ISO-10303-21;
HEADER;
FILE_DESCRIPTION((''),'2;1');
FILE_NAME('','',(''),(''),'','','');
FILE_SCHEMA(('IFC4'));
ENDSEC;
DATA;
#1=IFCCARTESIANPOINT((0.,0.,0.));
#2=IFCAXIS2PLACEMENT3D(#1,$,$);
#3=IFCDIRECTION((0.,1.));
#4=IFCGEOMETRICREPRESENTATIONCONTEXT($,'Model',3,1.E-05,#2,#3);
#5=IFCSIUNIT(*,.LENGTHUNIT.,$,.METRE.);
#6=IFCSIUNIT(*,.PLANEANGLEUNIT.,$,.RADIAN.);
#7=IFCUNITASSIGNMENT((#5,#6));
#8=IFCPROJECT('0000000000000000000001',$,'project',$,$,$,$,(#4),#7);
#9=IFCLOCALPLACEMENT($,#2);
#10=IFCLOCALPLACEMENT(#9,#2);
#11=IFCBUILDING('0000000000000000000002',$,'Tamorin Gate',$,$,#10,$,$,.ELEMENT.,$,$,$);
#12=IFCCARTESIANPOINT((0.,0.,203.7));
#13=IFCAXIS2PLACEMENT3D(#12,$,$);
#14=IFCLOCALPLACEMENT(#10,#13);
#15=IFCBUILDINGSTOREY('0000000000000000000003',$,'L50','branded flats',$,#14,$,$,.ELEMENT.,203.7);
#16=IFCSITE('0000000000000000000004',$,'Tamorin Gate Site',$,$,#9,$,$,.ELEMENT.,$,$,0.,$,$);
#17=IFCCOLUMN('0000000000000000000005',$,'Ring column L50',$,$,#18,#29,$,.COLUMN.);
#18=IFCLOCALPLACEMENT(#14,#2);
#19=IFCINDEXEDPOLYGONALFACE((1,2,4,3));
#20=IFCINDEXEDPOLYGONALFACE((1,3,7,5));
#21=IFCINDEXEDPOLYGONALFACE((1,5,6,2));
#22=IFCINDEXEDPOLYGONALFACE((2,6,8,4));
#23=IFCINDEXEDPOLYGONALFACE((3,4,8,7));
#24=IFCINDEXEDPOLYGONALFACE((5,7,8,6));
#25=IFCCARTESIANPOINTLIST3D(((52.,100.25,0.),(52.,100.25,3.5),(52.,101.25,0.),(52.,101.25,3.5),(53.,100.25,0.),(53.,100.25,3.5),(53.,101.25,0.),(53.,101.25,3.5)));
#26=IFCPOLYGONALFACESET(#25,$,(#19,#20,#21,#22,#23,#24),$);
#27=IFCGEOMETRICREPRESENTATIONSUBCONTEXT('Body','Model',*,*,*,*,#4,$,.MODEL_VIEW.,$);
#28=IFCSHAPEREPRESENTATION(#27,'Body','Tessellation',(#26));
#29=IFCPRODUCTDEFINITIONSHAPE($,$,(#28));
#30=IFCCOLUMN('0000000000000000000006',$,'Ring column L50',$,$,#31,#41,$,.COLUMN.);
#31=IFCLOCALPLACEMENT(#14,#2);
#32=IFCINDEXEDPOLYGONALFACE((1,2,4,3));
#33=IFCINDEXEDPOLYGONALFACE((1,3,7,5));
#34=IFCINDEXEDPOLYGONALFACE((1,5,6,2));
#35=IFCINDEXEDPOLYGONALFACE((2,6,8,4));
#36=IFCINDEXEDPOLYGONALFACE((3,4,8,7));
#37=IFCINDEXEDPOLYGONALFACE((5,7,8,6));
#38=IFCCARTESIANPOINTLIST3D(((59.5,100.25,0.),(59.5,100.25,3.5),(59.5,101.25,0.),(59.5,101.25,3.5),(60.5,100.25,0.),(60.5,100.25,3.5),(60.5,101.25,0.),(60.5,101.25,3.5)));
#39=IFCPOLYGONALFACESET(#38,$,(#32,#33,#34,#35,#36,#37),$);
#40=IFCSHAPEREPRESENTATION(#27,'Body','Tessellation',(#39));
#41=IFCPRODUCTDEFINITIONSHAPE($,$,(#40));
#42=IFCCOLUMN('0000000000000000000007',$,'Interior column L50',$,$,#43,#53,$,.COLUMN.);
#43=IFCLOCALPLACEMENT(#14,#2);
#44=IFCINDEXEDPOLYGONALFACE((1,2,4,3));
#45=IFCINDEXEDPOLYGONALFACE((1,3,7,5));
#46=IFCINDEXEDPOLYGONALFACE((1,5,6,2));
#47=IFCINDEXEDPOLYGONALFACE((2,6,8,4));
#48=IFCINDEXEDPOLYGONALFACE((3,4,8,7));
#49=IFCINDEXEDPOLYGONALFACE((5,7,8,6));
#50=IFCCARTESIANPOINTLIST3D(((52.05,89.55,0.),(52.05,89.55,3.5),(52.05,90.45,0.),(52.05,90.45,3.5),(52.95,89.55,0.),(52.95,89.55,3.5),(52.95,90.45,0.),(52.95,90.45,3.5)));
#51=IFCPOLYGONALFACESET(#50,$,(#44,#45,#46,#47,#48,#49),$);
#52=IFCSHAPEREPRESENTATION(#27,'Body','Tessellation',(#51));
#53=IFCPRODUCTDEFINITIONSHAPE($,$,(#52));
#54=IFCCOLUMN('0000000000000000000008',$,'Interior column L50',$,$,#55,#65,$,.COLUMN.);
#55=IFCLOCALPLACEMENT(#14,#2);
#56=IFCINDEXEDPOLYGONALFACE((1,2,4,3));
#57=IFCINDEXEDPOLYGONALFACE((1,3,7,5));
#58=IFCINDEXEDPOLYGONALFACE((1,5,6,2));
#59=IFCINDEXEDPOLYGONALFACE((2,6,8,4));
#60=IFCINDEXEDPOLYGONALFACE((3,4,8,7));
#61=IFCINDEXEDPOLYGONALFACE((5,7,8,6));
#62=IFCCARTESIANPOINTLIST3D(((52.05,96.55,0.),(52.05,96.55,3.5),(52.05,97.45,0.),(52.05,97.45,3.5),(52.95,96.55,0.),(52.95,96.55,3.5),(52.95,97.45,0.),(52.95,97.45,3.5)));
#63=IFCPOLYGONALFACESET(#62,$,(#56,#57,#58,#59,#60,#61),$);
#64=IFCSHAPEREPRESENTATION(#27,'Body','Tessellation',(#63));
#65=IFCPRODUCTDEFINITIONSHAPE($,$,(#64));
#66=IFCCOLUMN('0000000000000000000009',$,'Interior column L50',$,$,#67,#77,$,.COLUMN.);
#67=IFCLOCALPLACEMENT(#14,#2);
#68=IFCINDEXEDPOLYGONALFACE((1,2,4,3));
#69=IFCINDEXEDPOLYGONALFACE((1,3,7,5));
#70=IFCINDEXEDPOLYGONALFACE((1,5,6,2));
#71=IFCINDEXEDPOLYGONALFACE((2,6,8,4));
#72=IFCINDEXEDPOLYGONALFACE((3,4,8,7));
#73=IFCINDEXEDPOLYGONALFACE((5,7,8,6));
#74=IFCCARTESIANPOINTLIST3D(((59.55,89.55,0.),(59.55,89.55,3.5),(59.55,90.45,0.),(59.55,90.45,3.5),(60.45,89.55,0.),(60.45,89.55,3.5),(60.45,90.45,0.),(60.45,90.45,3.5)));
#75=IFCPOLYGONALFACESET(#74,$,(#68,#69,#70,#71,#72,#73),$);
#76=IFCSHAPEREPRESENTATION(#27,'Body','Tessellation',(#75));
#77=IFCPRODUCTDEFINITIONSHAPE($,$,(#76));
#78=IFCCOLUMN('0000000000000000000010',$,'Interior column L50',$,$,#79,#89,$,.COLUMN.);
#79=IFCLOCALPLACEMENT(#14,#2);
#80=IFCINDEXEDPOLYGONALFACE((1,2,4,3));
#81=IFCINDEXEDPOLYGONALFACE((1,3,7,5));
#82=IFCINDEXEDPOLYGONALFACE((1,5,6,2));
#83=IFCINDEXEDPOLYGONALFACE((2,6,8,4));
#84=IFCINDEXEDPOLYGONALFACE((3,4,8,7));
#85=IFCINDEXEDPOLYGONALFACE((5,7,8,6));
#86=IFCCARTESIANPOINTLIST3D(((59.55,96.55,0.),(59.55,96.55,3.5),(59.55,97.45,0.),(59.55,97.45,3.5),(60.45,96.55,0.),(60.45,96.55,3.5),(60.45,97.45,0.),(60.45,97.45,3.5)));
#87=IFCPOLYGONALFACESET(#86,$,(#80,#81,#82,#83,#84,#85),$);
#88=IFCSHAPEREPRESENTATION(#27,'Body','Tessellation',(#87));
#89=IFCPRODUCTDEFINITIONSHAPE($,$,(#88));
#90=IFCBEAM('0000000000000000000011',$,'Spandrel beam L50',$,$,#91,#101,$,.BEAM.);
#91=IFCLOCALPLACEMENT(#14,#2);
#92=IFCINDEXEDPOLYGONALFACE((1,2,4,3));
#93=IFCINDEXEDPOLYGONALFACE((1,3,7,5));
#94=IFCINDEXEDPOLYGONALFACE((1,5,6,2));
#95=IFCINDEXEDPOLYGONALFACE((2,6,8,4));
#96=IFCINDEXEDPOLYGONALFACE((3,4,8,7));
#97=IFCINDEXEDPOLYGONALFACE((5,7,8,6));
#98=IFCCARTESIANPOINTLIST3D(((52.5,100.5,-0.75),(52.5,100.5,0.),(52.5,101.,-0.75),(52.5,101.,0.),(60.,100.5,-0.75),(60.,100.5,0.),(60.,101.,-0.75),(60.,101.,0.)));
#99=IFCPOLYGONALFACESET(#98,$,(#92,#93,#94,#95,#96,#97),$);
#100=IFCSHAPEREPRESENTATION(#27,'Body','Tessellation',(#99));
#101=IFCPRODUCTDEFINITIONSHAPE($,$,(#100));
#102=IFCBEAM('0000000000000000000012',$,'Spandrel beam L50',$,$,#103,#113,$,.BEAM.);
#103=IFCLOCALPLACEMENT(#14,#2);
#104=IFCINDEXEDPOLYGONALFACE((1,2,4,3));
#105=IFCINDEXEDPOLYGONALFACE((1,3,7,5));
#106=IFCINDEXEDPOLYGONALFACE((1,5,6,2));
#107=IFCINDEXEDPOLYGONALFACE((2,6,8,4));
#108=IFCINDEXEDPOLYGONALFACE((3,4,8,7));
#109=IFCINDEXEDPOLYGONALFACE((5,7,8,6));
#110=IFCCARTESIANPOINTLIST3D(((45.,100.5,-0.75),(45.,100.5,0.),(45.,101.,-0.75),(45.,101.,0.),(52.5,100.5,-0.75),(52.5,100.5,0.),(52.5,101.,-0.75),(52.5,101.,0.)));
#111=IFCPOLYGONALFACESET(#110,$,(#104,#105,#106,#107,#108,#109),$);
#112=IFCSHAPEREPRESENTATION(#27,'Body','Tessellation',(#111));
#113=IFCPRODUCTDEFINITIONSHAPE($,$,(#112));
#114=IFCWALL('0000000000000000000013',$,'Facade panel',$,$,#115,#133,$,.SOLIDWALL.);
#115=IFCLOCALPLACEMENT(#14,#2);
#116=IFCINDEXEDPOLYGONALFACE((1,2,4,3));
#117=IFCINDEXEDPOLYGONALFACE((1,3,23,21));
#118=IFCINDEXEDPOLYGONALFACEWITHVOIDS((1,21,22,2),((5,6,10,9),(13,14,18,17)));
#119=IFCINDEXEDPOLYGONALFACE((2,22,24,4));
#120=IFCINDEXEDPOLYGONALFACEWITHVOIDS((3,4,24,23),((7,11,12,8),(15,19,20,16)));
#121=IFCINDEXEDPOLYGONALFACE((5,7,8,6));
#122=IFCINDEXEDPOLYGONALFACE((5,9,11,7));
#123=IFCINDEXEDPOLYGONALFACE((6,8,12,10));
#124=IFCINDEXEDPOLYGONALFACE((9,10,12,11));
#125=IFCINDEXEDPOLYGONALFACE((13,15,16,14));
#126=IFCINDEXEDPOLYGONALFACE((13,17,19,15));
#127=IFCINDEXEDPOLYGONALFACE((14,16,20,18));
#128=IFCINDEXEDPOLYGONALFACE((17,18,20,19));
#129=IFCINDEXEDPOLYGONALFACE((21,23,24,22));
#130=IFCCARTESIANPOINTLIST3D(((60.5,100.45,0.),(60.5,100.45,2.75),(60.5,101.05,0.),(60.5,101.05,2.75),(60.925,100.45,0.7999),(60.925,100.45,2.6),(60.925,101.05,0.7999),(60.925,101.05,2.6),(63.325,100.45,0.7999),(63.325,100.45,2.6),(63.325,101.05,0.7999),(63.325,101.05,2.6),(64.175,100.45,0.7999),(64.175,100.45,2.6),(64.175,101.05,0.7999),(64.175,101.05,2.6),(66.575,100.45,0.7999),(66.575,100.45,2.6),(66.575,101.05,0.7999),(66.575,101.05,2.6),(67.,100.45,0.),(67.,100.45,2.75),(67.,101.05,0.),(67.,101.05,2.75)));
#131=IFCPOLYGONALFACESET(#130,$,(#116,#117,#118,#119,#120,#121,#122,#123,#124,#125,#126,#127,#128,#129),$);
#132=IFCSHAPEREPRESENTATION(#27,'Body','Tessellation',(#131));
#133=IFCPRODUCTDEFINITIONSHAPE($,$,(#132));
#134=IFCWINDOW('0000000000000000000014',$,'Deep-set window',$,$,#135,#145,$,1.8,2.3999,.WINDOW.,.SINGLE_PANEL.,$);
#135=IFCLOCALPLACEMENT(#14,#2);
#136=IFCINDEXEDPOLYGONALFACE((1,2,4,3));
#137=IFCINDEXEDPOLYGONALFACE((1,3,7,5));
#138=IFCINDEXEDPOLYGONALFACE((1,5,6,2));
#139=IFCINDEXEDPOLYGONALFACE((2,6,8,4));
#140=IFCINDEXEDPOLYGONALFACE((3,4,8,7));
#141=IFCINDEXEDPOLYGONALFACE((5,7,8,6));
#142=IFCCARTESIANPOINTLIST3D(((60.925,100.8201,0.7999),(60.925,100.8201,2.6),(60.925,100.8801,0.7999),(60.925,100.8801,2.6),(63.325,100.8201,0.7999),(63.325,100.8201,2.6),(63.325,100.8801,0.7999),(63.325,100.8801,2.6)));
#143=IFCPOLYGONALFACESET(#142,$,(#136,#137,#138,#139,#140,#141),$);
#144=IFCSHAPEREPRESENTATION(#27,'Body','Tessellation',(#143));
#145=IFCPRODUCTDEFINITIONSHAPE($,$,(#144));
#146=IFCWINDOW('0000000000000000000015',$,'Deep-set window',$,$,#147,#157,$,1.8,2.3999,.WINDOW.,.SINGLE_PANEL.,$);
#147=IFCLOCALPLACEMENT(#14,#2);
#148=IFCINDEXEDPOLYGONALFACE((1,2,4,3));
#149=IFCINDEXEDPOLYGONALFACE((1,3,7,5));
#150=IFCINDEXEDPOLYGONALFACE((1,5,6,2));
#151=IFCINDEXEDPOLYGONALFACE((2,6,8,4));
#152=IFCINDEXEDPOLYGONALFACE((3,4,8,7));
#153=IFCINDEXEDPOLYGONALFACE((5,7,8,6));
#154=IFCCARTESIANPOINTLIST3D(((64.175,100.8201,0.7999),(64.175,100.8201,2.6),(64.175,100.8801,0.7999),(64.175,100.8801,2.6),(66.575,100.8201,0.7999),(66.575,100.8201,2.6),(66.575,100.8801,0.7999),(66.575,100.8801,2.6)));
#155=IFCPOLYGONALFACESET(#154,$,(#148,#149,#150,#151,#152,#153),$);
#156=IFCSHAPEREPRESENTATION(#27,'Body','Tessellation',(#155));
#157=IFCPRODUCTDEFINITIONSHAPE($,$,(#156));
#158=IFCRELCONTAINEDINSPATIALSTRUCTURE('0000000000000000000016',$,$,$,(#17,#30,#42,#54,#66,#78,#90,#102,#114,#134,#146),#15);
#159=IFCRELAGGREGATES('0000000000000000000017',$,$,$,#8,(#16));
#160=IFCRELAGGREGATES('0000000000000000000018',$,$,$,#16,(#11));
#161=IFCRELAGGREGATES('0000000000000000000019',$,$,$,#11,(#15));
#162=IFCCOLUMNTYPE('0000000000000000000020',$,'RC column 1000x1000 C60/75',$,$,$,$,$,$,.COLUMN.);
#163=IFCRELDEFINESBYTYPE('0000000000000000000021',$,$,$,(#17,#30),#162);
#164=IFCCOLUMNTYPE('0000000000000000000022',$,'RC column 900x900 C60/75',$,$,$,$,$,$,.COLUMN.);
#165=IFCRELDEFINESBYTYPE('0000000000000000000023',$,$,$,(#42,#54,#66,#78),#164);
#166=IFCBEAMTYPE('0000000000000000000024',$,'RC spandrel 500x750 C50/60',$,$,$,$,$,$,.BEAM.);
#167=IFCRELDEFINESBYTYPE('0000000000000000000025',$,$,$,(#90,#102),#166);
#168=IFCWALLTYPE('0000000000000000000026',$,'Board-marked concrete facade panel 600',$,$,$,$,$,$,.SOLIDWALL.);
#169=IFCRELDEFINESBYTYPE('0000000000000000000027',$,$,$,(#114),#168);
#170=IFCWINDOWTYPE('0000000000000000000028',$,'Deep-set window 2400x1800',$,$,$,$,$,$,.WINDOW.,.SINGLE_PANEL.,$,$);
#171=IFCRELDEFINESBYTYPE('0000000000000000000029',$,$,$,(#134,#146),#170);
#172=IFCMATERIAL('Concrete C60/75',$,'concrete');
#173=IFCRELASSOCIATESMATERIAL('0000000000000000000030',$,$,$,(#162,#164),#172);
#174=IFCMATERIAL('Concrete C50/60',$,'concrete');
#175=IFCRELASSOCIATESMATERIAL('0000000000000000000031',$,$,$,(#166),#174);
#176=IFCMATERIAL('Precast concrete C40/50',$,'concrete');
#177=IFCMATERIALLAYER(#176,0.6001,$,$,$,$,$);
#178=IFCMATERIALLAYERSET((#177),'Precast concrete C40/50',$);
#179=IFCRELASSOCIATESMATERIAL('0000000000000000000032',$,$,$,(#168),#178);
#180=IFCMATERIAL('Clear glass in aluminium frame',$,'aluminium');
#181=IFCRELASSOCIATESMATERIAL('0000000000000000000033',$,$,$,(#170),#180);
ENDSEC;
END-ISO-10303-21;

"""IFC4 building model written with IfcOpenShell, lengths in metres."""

from ifc_helpers import new_model, si_unit, direction, frame, frame_2d, origin, origin_2d, place, context, subcontext, project, spatial, rectangle, extrude, material, layer, layer_set, material_profile, profile_set, type_object, element, fill, save


model = new_model("IFC4")

# Units and contexts
model_context = context("Model", 3, precision=1e-05, world=origin(), true_north=direction((0.0, 1.0)))
body_context = subcontext(model_context, "Body", "Model", "MODEL_VIEW")
ifc_project = project(units=[si_unit("LENGTHUNIT", "METRE"), si_unit("PLANEANGLEUNIT", "RADIAN")], contexts=[model_context])

# Site, building, storey
site_placement = place(None, origin())
site = spatial("IfcSite", under=ifc_project, at=site_placement, Name="Tamorin Gate Site", CompositionType="ELEMENT", RefElevation=0.0)
building_placement = place(site_placement, origin())
building = spatial("IfcBuilding", under=site, at=building_placement, Name="Tamorin Gate", CompositionType="ELEMENT")
storey_placement = place(building_placement, frame((0.0, 0.0, 203.7)))
storey = spatial("IfcBuildingStorey", under=building, at=storey_placement, Name="L50", Description="branded flats", CompositionType="ELEMENT", Elevation=203.7)

# Columns
ifc_material_1 = material(Name="Concrete C60/75", Category="concrete")
ifc_material_profile_1 = material_profile(ifc_material_1, rectangle(XDim=1.0, YDim=1.0, at=origin_2d()), Name="RC 1000x1000")
ifc_profile_set_1 = profile_set([ifc_material_profile_1], Name="Concrete C60/75")
column_type_1 = type_object("IfcColumnType", Name="RC column 1000x1000 C60/75", PredefinedType="COLUMN", material=ifc_profile_set_1)
for number, where, z_axis, x_axis, name in (
    (1, (52.5, 100.75, 0.0), (0.0, 0.0, 1.0), (1.0, 0.0, 0.0), "Ring column L50"),
    (2, (60.0, 100.75, 0.0), (0.0, 0.0, 1.0), (1.0, 0.0, 0.0), "Ring column L50"),
):
    element("IfcColumn", number, at=place(storey_placement, frame(where, z_axis=z_axis, x_axis=x_axis)), inside=storey, type_object=column_type_1, Name=name, PredefinedType="COLUMN", context=body_context, shape_type="SweptSolid", body=[
        extrude(rectangle(XDim=1.0, YDim=1.0, at=origin_2d()), origin(), (0.0, 0.0, 1.0), 3.5),
    ])
ifc_material_profile_2 = material_profile(ifc_material_1, rectangle(XDim=0.8999, YDim=0.8999, at=origin_2d()), Name="RC 900x900")
ifc_profile_set_2 = profile_set([ifc_material_profile_2], Name="Concrete C60/75")
column_type_2 = type_object("IfcColumnType", Name="RC column 900x900 C60/75", PredefinedType="COLUMN", material=ifc_profile_set_2)
for number, where, z_axis, x_axis, name in (
    (3, (52.5, 90.0, 0.0), (0.0, 0.0, 1.0), (1.0, 0.0, 0.0), "Interior column L50"),
    (4, (52.5, 97.0, 0.0), (0.0, 0.0, 1.0), (1.0, 0.0, 0.0), "Interior column L50"),
    (5, (60.0, 90.0, 0.0), (0.0, 0.0, 1.0), (1.0, 0.0, 0.0), "Interior column L50"),
    (6, (60.0, 97.0, 0.0), (0.0, 0.0, 1.0), (1.0, 0.0, 0.0), "Interior column L50"),
):
    element("IfcColumn", number, at=place(storey_placement, frame(where, z_axis=z_axis, x_axis=x_axis)), inside=storey, type_object=column_type_2, Name=name, PredefinedType="COLUMN", context=body_context, shape_type="SweptSolid", body=[
        extrude(rectangle(XDim=0.8999, YDim=0.8999, at=origin_2d()), origin(), (0.0, 0.0, 1.0), 3.5),
    ])

# Beams
ifc_material_2 = material(Name="Concrete C50/60", Category="concrete")
ifc_material_profile_3 = material_profile(ifc_material_2, rectangle(XDim=0.5, YDim=0.75, at=origin_2d()), Name="RC 500x750")
ifc_profile_set_3 = profile_set([ifc_material_profile_3], Name="Concrete C50/60")
beam_type = type_object("IfcBeamType", Name="RC spandrel 500x750 C50/60", PredefinedType="BEAM", material=ifc_profile_set_3)
for number, where, z_axis, x_axis, name in (
    (7, (60.0, 100.75, -0.375), (-1.0, 0.0, 0.0), (0.0, -1.0, 0.0), "Spandrel beam L50"),
    (8, (52.5, 100.75, -0.375), (-1.0, 0.0, 0.0), (0.0, -1.0, 0.0), "Spandrel beam L50"),
):
    element("IfcBeam", number, at=place(storey_placement, frame(where, z_axis=z_axis, x_axis=x_axis)), inside=storey, type_object=beam_type, Name=name, PredefinedType="BEAM", context=body_context, shape_type="SweptSolid", body=[
        extrude(rectangle(XDim=0.5, YDim=0.75, at=origin_2d()), origin(), (0.0, 0.0, 1.0), 7.5),
    ])

# Wall, openings, windows
ifc_material_3 = material(Name="Precast concrete C40/50", Category="concrete")
ifc_layer_1 = layer(ifc_material_3, 0.6001)
ifc_layer_set_1 = layer_set([ifc_layer_1], Name="Precast concrete C40/50")
wall_type_1 = type_object("IfcWallType", Name="Board-marked concrete facade panel 600", PredefinedType="SOLIDWALL", material=ifc_layer_set_1)
wall_1_placement = place(storey_placement, frame((67.0, 100.75, 0.0), z_axis=(0.0, 0.0, 1.0), x_axis=(-1.0, 0.0, 0.0)))
wall_1 = element("IfcWall", 9, at=wall_1_placement, inside=storey, type_object=wall_type_1, Name="Facade panel", PredefinedType="SOLIDWALL", context=body_context, shape_type="SweptSolid", body=[
    extrude(rectangle(XDim=6.5, YDim=0.6001, at=frame_2d((3.25, 0.0))), origin(), (0.0, 0.0, 1.0), 2.75),
])
opening_1_placement = place(wall_1_placement, frame((3.675, 0.0, 0.8)))
opening_1 = element("IfcOpeningElement", 10, at=opening_1_placement, cuts=wall_1, PredefinedType="OPENING", context=body_context, shape_type="SweptSolid", body=[
    extrude(rectangle(XDim=2.3999, YDim=1.8, at=frame_2d((1.2, 0.8999))), frame((0.0, 0.3101, 0.0), z_axis=(0.0, -1.0, 0.0), x_axis=(1.0, 0.0, 0.0)), (0.0, 0.0, 1.0), 0.6201),
])
opening_2_placement = place(wall_1_placement, frame((0.425, 0.0, 0.8)))
opening_2 = element("IfcOpeningElement", 11, at=opening_2_placement, cuts=wall_1, PredefinedType="OPENING", context=body_context, shape_type="SweptSolid", body=[
    extrude(rectangle(XDim=2.3999, YDim=1.8, at=frame_2d((1.2, 0.8999))), frame((0.0, 0.3101, 0.0), z_axis=(0.0, -1.0, 0.0), x_axis=(1.0, 0.0, 0.0)), (0.0, 0.0, 1.0), 0.6201),
])
ifc_material_4 = material(Name="Clear glass in aluminium frame", Category="aluminium")
window_type = type_object("IfcWindowType", Name="Deep-set window 2400x1800", PartitioningType="SINGLE_PANEL", PredefinedType="WINDOW", material=ifc_material_4)
window_1_placement = place(opening_1_placement, origin())
window_1 = element("IfcWindow", 12, at=window_1_placement, inside=storey, type_object=window_type, Name="Deep-set window", OverallHeight=1.8, OverallWidth=2.3999, PartitioningType="SINGLE_PANEL", PredefinedType="WINDOW", context=body_context, shape_type="SweptSolid", body=[
    extrude(rectangle(XDim=2.3999, YDim=1.8, at=frame_2d((1.2, 0.8999))), frame((0.0, -0.0701, 0.0), z_axis=(0.0, -1.0, 0.0), x_axis=(1.0, 0.0, 0.0)), (0.0, 0.0, 1.0), 0.0601),
])
fill(opening_1, window_1)
window_2_placement = place(opening_2_placement, origin())
window_2 = element("IfcWindow", 13, at=window_2_placement, inside=storey, type_object=window_type, Name="Deep-set window", OverallHeight=1.8, OverallWidth=2.3999, PartitioningType="SINGLE_PANEL", PredefinedType="WINDOW", context=body_context, shape_type="SweptSolid", body=[
    extrude(rectangle(XDim=2.3999, YDim=1.8, at=frame_2d((1.2, 0.8999))), frame((0.0, -0.0701, 0.0), z_axis=(0.0, -1.0, 0.0), x_axis=(1.0, 0.0, 0.0)), (0.0, 0.0, 1.0), 0.0601),
])
fill(opening_2, window_2)

save(model, "model.ifc")
